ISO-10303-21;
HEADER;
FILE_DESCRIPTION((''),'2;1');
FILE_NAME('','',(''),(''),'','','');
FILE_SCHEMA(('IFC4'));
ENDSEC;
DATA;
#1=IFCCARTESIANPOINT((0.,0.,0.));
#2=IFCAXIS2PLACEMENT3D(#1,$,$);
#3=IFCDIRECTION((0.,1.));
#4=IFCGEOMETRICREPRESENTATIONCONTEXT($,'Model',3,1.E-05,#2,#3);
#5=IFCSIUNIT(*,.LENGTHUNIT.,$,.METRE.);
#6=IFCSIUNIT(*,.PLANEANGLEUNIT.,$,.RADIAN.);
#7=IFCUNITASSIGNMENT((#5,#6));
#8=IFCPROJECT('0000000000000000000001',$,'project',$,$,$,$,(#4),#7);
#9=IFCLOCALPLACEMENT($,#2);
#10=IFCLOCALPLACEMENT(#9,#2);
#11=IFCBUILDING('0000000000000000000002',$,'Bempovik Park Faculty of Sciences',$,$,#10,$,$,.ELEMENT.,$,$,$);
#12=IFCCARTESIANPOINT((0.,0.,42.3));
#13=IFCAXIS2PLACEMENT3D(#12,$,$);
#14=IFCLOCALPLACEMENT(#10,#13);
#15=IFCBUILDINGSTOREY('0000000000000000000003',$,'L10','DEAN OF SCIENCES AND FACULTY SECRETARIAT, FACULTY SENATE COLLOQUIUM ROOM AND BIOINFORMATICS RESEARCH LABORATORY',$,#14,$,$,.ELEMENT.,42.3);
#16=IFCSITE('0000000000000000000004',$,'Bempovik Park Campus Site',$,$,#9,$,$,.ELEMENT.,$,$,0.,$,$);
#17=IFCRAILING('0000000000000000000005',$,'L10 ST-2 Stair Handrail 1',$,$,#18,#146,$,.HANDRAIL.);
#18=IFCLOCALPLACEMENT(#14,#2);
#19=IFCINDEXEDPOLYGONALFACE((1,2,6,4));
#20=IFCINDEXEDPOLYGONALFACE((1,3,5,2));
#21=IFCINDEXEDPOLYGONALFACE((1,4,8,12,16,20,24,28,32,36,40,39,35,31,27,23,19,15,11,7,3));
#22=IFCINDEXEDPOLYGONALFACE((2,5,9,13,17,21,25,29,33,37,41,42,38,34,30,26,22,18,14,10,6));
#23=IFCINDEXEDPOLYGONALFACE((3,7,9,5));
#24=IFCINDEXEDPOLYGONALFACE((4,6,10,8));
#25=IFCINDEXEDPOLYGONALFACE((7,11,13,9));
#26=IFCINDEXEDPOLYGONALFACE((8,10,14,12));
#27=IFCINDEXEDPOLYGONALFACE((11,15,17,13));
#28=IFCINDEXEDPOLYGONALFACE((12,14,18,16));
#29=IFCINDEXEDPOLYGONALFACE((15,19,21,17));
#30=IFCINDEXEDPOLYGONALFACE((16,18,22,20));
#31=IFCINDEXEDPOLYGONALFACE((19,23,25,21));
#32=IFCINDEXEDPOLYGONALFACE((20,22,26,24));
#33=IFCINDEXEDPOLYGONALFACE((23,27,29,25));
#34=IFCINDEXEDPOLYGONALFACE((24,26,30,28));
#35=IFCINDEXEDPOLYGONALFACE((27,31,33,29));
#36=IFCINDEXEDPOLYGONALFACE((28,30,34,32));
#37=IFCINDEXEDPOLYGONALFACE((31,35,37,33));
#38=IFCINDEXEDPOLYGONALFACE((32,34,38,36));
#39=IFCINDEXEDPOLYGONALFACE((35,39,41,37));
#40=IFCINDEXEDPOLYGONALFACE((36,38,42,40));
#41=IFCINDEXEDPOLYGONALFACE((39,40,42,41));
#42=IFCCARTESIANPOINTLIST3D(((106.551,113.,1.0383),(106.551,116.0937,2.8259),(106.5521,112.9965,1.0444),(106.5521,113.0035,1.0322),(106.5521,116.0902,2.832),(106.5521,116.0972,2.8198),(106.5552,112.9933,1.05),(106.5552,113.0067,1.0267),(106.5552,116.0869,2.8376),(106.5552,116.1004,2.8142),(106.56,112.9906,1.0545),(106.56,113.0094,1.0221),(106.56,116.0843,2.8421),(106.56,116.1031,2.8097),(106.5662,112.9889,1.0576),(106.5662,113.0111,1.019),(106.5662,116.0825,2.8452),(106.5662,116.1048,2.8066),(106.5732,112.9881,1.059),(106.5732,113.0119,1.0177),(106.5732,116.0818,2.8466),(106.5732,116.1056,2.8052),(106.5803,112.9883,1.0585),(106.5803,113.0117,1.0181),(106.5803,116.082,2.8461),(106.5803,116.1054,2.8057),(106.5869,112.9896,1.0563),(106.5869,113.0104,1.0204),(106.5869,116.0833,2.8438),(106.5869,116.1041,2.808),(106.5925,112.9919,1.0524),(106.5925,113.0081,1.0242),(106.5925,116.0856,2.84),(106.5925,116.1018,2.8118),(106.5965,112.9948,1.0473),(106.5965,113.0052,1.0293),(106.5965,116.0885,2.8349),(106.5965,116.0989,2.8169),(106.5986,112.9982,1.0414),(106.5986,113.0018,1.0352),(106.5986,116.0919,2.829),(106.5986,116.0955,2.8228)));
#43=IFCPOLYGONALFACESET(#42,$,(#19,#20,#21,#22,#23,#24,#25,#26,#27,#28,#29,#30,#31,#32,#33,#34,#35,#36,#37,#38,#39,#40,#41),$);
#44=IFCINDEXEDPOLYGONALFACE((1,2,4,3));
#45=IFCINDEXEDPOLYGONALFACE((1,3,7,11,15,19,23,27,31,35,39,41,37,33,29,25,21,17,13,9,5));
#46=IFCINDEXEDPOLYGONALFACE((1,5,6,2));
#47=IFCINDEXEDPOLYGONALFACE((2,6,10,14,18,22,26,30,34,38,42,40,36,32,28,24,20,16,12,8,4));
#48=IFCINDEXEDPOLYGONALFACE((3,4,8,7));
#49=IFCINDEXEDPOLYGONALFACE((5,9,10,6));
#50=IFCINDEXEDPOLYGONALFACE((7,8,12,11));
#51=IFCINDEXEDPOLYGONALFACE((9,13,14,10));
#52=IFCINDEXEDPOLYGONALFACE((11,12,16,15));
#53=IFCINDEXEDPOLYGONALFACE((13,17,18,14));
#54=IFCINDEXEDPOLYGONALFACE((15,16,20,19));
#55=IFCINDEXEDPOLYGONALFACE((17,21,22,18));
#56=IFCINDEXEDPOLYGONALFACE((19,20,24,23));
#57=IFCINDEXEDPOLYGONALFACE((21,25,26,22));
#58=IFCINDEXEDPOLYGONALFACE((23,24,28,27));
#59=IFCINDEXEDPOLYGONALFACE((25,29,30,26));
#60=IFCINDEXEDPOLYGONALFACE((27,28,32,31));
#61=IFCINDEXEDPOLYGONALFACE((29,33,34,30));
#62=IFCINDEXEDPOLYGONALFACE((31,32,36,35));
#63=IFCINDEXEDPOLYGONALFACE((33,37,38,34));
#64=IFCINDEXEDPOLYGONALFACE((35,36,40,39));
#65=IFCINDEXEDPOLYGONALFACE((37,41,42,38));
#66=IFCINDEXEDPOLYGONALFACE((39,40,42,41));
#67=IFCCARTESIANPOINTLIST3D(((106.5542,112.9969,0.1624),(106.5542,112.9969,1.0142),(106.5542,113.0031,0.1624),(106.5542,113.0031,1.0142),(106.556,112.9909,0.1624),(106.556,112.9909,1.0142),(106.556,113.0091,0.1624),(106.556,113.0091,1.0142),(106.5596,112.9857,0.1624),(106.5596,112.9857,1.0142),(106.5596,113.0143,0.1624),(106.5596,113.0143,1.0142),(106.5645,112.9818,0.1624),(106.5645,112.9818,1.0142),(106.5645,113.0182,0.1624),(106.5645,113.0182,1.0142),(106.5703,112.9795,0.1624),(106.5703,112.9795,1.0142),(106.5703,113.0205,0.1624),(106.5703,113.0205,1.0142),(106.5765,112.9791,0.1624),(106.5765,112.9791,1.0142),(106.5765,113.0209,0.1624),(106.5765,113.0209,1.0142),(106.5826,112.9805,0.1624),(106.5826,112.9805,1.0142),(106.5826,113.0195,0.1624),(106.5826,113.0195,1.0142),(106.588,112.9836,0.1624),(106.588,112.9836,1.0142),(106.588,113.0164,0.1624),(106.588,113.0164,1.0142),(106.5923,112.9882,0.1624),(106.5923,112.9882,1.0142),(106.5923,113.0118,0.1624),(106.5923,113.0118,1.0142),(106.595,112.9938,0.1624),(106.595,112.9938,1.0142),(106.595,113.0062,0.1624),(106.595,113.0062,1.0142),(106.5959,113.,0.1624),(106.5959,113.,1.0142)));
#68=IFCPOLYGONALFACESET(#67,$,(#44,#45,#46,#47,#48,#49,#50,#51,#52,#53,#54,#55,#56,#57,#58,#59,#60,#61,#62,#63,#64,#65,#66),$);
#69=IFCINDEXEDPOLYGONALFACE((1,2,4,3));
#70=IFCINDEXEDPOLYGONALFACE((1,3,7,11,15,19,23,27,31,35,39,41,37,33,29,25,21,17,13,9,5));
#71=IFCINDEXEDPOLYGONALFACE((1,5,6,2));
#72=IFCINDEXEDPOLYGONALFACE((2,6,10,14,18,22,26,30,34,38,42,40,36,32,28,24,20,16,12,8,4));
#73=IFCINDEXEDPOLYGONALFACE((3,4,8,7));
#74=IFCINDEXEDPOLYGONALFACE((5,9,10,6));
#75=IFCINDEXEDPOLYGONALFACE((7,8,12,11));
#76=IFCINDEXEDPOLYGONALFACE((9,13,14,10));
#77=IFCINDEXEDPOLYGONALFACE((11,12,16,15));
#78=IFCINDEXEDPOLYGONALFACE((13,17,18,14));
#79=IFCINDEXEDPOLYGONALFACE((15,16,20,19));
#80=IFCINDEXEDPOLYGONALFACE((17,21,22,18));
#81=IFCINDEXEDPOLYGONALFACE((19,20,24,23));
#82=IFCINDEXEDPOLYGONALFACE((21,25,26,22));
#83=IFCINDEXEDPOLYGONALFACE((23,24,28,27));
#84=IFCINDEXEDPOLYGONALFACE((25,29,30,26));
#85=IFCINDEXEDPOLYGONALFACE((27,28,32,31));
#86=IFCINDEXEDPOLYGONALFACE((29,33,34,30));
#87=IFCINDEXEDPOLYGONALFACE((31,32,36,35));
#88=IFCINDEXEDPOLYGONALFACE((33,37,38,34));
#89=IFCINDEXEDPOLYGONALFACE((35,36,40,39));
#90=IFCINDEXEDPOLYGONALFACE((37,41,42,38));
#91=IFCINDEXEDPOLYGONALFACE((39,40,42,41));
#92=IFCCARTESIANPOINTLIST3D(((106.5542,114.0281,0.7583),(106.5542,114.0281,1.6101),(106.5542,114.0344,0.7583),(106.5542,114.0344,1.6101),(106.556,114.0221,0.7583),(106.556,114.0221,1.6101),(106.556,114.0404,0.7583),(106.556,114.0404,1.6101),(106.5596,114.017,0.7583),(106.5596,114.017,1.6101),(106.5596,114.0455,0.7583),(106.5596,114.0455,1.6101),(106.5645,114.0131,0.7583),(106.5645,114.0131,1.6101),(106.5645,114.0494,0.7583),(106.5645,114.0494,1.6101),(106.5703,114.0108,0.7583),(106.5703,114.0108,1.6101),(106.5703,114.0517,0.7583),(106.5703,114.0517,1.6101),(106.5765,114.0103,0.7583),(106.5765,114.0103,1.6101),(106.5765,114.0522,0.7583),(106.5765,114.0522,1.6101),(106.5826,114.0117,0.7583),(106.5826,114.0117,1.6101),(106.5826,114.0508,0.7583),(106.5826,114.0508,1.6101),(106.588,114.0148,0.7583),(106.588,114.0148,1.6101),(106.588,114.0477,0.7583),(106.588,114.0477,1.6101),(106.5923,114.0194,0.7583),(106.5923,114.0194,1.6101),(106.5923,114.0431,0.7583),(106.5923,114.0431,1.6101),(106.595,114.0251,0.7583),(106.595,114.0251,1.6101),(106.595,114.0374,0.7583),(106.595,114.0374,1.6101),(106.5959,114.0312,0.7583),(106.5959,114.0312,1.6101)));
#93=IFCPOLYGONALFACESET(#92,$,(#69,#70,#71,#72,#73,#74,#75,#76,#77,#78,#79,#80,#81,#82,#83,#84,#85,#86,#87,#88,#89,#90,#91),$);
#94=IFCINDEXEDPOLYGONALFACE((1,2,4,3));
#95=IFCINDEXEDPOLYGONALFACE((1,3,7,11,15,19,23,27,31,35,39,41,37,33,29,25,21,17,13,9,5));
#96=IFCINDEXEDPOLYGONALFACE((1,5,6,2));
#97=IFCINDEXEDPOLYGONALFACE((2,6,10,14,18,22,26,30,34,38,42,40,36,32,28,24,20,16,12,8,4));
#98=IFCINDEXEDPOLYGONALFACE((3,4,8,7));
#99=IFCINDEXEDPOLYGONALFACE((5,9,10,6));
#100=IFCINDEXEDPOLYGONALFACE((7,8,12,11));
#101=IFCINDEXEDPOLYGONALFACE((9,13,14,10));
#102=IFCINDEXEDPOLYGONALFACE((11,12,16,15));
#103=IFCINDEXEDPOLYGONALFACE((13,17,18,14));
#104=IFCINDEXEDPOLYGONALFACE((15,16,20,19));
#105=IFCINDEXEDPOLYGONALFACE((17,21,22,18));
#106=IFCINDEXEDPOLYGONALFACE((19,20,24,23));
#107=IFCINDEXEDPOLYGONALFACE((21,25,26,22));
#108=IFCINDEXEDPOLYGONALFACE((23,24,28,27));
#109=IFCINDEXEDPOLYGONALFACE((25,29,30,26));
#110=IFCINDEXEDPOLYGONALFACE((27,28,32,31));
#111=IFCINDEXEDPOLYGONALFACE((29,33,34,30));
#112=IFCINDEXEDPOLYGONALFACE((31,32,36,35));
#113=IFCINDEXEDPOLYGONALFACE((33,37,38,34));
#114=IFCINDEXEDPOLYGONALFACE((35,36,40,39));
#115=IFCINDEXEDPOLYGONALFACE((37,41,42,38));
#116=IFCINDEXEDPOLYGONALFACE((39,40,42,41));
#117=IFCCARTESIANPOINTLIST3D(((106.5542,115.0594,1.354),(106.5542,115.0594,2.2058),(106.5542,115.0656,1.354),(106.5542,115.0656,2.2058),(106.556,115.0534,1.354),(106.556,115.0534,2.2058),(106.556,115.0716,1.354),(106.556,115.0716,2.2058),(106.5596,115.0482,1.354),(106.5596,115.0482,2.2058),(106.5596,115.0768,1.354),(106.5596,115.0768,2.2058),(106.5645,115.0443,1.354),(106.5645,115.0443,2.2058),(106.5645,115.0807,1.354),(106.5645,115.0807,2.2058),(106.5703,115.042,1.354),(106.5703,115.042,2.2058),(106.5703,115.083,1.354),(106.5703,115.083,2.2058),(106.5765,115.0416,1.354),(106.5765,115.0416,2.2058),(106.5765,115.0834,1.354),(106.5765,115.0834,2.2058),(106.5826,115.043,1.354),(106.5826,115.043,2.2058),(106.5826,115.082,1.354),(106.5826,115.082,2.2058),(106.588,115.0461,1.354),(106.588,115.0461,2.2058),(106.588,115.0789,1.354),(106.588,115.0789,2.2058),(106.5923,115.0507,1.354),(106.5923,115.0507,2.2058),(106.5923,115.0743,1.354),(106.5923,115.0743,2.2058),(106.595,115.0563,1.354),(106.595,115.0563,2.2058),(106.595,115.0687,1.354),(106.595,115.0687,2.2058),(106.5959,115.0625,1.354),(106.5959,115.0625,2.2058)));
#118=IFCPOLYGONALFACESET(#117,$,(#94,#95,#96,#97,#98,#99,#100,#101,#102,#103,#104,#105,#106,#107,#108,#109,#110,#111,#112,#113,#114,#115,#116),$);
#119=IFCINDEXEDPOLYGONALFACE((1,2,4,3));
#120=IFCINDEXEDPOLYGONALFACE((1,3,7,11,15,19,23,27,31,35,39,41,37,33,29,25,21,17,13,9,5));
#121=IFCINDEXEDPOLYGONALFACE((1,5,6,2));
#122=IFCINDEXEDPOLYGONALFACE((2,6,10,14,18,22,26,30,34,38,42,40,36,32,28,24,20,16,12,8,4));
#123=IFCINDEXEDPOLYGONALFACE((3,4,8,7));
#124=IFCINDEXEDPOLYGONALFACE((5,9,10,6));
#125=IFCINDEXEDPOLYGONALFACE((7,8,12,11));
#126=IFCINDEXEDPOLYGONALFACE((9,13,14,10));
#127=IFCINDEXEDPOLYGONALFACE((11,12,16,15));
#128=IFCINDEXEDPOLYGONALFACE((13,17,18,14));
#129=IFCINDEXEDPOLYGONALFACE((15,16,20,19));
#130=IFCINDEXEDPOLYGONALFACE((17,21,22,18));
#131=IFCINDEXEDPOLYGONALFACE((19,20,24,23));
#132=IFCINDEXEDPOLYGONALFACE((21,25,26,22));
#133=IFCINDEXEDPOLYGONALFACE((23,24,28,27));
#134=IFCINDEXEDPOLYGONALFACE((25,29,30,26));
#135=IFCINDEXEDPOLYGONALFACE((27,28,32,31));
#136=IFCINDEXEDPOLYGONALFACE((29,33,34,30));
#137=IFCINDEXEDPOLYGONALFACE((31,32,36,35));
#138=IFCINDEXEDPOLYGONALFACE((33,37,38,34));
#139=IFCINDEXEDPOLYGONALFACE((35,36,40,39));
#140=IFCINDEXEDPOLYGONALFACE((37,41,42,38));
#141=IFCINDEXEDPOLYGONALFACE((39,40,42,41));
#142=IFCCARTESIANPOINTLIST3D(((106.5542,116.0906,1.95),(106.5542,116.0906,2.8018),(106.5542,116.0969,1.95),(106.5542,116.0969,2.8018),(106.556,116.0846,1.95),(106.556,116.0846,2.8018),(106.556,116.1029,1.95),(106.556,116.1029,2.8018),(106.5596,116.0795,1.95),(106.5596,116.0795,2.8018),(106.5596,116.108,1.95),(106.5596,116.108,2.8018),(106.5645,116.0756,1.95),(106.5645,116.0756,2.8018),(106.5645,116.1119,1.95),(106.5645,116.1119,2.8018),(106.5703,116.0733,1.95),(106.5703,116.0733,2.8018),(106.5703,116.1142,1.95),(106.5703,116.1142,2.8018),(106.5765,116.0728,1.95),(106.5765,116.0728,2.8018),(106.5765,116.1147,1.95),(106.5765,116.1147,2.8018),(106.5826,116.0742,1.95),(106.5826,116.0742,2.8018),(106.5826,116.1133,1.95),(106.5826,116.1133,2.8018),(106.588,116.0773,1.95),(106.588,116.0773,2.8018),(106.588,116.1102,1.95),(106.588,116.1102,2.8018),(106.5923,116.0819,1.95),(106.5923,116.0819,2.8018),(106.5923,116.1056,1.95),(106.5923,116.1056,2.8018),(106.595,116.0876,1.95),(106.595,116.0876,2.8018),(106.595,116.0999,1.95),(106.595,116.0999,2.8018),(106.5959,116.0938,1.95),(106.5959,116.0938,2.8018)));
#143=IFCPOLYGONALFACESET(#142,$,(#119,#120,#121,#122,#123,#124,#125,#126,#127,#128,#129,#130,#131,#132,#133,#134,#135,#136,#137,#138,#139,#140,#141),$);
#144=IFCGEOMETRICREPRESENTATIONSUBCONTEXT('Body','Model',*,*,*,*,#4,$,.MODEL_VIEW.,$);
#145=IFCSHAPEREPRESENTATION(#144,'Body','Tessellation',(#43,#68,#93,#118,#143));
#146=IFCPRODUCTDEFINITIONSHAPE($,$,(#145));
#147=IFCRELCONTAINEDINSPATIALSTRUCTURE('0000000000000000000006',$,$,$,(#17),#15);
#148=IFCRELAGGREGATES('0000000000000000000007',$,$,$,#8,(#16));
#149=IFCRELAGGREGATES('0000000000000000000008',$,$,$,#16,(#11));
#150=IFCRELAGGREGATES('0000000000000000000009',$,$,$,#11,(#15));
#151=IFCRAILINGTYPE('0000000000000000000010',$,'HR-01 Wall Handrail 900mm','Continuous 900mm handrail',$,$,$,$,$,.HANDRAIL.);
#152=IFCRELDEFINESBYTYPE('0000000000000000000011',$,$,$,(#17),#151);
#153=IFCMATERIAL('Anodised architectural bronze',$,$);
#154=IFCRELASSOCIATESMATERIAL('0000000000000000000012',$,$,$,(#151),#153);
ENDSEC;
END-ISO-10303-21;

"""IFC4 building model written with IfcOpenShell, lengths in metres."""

from ifc_helpers import new_model, si_unit, direction, frame, origin, origin_2d, place, context, subcontext, project, spatial, circle, extrude, material, type_object, element, save


model = new_model("IFC4")

# Units and contexts
model_context = context("Model", 3, precision=1e-05, world=origin(), true_north=direction((0.0, 1.0)))
body_context = subcontext(model_context, "Body", "Model", "MODEL_VIEW")
ifc_project = project(units=[si_unit("LENGTHUNIT", "METRE"), si_unit("PLANEANGLEUNIT", "RADIAN")], contexts=[model_context])

# Site, building, storey
site_placement = place(None, origin())
site = spatial("IfcSite", under=ifc_project, at=site_placement, Name="Bempovik Park Campus Site", CompositionType="ELEMENT", RefElevation=0.0)
building_placement = place(site_placement, origin())
building = spatial("IfcBuilding", under=site, at=building_placement, Name="Bempovik Park Faculty of Sciences", CompositionType="ELEMENT")
storey_placement = place(building_placement, frame((0.0, 0.0, 42.3)))
storey = spatial("IfcBuildingStorey", under=building, at=storey_placement, Name="L10", Description="DEAN OF SCIENCES AND FACULTY SECRETARIAT, FACULTY SENATE COLLOQUIUM ROOM AND BIOINFORMATICS RESEARCH LABORATORY", CompositionType="ELEMENT", Elevation=42.3)

# Railing
ifc_material_1 = material(Name="Anodised architectural bronze")
railing_type_1 = type_object("IfcRailingType", Name="HR-01 Wall Handrail 900mm", Description="Continuous 900mm handrail", PredefinedType="HANDRAIL", material=ifc_material_1)
railing_1_placement = place(storey_placement, frame((106.575, 113.0, 0.1624)))
element("IfcRailing", 1, at=railing_1_placement, inside=storey, type_object=railing_type_1, Name="L10 ST-2 Stair Handrail 1", PredefinedType="HANDRAIL", context=body_context, shape_type="SweptSolid", body=[
    extrude(circle(Radius=0.0239, at=origin_2d()), frame((0.0, 0.0, 0.876), z_axis=(0.0, 0.865853, 0.500298), x_axis=(-1.0, 0.0, 0.0)), (0.0, 0.0, 1.0), 3.573),
    extrude(circle(Radius=0.021, at=origin_2d()), origin(), (0.0, 0.0, 1.0), 0.8518),
    extrude(circle(Radius=0.021, at=origin_2d()), frame((0.0, 1.0312, 0.5959)), (0.0, 0.0, 1.0), 0.8518),
    extrude(circle(Radius=0.021, at=origin_2d()), frame((0.0, 2.0625, 1.1917)), (0.0, 0.0, 1.0), 0.8518),
    extrude(circle(Radius=0.021, at=origin_2d()), frame((0.0, 3.0938, 1.7876)), (0.0, 0.0, 1.0), 0.8518),
])

save(model, "model.ifc")
